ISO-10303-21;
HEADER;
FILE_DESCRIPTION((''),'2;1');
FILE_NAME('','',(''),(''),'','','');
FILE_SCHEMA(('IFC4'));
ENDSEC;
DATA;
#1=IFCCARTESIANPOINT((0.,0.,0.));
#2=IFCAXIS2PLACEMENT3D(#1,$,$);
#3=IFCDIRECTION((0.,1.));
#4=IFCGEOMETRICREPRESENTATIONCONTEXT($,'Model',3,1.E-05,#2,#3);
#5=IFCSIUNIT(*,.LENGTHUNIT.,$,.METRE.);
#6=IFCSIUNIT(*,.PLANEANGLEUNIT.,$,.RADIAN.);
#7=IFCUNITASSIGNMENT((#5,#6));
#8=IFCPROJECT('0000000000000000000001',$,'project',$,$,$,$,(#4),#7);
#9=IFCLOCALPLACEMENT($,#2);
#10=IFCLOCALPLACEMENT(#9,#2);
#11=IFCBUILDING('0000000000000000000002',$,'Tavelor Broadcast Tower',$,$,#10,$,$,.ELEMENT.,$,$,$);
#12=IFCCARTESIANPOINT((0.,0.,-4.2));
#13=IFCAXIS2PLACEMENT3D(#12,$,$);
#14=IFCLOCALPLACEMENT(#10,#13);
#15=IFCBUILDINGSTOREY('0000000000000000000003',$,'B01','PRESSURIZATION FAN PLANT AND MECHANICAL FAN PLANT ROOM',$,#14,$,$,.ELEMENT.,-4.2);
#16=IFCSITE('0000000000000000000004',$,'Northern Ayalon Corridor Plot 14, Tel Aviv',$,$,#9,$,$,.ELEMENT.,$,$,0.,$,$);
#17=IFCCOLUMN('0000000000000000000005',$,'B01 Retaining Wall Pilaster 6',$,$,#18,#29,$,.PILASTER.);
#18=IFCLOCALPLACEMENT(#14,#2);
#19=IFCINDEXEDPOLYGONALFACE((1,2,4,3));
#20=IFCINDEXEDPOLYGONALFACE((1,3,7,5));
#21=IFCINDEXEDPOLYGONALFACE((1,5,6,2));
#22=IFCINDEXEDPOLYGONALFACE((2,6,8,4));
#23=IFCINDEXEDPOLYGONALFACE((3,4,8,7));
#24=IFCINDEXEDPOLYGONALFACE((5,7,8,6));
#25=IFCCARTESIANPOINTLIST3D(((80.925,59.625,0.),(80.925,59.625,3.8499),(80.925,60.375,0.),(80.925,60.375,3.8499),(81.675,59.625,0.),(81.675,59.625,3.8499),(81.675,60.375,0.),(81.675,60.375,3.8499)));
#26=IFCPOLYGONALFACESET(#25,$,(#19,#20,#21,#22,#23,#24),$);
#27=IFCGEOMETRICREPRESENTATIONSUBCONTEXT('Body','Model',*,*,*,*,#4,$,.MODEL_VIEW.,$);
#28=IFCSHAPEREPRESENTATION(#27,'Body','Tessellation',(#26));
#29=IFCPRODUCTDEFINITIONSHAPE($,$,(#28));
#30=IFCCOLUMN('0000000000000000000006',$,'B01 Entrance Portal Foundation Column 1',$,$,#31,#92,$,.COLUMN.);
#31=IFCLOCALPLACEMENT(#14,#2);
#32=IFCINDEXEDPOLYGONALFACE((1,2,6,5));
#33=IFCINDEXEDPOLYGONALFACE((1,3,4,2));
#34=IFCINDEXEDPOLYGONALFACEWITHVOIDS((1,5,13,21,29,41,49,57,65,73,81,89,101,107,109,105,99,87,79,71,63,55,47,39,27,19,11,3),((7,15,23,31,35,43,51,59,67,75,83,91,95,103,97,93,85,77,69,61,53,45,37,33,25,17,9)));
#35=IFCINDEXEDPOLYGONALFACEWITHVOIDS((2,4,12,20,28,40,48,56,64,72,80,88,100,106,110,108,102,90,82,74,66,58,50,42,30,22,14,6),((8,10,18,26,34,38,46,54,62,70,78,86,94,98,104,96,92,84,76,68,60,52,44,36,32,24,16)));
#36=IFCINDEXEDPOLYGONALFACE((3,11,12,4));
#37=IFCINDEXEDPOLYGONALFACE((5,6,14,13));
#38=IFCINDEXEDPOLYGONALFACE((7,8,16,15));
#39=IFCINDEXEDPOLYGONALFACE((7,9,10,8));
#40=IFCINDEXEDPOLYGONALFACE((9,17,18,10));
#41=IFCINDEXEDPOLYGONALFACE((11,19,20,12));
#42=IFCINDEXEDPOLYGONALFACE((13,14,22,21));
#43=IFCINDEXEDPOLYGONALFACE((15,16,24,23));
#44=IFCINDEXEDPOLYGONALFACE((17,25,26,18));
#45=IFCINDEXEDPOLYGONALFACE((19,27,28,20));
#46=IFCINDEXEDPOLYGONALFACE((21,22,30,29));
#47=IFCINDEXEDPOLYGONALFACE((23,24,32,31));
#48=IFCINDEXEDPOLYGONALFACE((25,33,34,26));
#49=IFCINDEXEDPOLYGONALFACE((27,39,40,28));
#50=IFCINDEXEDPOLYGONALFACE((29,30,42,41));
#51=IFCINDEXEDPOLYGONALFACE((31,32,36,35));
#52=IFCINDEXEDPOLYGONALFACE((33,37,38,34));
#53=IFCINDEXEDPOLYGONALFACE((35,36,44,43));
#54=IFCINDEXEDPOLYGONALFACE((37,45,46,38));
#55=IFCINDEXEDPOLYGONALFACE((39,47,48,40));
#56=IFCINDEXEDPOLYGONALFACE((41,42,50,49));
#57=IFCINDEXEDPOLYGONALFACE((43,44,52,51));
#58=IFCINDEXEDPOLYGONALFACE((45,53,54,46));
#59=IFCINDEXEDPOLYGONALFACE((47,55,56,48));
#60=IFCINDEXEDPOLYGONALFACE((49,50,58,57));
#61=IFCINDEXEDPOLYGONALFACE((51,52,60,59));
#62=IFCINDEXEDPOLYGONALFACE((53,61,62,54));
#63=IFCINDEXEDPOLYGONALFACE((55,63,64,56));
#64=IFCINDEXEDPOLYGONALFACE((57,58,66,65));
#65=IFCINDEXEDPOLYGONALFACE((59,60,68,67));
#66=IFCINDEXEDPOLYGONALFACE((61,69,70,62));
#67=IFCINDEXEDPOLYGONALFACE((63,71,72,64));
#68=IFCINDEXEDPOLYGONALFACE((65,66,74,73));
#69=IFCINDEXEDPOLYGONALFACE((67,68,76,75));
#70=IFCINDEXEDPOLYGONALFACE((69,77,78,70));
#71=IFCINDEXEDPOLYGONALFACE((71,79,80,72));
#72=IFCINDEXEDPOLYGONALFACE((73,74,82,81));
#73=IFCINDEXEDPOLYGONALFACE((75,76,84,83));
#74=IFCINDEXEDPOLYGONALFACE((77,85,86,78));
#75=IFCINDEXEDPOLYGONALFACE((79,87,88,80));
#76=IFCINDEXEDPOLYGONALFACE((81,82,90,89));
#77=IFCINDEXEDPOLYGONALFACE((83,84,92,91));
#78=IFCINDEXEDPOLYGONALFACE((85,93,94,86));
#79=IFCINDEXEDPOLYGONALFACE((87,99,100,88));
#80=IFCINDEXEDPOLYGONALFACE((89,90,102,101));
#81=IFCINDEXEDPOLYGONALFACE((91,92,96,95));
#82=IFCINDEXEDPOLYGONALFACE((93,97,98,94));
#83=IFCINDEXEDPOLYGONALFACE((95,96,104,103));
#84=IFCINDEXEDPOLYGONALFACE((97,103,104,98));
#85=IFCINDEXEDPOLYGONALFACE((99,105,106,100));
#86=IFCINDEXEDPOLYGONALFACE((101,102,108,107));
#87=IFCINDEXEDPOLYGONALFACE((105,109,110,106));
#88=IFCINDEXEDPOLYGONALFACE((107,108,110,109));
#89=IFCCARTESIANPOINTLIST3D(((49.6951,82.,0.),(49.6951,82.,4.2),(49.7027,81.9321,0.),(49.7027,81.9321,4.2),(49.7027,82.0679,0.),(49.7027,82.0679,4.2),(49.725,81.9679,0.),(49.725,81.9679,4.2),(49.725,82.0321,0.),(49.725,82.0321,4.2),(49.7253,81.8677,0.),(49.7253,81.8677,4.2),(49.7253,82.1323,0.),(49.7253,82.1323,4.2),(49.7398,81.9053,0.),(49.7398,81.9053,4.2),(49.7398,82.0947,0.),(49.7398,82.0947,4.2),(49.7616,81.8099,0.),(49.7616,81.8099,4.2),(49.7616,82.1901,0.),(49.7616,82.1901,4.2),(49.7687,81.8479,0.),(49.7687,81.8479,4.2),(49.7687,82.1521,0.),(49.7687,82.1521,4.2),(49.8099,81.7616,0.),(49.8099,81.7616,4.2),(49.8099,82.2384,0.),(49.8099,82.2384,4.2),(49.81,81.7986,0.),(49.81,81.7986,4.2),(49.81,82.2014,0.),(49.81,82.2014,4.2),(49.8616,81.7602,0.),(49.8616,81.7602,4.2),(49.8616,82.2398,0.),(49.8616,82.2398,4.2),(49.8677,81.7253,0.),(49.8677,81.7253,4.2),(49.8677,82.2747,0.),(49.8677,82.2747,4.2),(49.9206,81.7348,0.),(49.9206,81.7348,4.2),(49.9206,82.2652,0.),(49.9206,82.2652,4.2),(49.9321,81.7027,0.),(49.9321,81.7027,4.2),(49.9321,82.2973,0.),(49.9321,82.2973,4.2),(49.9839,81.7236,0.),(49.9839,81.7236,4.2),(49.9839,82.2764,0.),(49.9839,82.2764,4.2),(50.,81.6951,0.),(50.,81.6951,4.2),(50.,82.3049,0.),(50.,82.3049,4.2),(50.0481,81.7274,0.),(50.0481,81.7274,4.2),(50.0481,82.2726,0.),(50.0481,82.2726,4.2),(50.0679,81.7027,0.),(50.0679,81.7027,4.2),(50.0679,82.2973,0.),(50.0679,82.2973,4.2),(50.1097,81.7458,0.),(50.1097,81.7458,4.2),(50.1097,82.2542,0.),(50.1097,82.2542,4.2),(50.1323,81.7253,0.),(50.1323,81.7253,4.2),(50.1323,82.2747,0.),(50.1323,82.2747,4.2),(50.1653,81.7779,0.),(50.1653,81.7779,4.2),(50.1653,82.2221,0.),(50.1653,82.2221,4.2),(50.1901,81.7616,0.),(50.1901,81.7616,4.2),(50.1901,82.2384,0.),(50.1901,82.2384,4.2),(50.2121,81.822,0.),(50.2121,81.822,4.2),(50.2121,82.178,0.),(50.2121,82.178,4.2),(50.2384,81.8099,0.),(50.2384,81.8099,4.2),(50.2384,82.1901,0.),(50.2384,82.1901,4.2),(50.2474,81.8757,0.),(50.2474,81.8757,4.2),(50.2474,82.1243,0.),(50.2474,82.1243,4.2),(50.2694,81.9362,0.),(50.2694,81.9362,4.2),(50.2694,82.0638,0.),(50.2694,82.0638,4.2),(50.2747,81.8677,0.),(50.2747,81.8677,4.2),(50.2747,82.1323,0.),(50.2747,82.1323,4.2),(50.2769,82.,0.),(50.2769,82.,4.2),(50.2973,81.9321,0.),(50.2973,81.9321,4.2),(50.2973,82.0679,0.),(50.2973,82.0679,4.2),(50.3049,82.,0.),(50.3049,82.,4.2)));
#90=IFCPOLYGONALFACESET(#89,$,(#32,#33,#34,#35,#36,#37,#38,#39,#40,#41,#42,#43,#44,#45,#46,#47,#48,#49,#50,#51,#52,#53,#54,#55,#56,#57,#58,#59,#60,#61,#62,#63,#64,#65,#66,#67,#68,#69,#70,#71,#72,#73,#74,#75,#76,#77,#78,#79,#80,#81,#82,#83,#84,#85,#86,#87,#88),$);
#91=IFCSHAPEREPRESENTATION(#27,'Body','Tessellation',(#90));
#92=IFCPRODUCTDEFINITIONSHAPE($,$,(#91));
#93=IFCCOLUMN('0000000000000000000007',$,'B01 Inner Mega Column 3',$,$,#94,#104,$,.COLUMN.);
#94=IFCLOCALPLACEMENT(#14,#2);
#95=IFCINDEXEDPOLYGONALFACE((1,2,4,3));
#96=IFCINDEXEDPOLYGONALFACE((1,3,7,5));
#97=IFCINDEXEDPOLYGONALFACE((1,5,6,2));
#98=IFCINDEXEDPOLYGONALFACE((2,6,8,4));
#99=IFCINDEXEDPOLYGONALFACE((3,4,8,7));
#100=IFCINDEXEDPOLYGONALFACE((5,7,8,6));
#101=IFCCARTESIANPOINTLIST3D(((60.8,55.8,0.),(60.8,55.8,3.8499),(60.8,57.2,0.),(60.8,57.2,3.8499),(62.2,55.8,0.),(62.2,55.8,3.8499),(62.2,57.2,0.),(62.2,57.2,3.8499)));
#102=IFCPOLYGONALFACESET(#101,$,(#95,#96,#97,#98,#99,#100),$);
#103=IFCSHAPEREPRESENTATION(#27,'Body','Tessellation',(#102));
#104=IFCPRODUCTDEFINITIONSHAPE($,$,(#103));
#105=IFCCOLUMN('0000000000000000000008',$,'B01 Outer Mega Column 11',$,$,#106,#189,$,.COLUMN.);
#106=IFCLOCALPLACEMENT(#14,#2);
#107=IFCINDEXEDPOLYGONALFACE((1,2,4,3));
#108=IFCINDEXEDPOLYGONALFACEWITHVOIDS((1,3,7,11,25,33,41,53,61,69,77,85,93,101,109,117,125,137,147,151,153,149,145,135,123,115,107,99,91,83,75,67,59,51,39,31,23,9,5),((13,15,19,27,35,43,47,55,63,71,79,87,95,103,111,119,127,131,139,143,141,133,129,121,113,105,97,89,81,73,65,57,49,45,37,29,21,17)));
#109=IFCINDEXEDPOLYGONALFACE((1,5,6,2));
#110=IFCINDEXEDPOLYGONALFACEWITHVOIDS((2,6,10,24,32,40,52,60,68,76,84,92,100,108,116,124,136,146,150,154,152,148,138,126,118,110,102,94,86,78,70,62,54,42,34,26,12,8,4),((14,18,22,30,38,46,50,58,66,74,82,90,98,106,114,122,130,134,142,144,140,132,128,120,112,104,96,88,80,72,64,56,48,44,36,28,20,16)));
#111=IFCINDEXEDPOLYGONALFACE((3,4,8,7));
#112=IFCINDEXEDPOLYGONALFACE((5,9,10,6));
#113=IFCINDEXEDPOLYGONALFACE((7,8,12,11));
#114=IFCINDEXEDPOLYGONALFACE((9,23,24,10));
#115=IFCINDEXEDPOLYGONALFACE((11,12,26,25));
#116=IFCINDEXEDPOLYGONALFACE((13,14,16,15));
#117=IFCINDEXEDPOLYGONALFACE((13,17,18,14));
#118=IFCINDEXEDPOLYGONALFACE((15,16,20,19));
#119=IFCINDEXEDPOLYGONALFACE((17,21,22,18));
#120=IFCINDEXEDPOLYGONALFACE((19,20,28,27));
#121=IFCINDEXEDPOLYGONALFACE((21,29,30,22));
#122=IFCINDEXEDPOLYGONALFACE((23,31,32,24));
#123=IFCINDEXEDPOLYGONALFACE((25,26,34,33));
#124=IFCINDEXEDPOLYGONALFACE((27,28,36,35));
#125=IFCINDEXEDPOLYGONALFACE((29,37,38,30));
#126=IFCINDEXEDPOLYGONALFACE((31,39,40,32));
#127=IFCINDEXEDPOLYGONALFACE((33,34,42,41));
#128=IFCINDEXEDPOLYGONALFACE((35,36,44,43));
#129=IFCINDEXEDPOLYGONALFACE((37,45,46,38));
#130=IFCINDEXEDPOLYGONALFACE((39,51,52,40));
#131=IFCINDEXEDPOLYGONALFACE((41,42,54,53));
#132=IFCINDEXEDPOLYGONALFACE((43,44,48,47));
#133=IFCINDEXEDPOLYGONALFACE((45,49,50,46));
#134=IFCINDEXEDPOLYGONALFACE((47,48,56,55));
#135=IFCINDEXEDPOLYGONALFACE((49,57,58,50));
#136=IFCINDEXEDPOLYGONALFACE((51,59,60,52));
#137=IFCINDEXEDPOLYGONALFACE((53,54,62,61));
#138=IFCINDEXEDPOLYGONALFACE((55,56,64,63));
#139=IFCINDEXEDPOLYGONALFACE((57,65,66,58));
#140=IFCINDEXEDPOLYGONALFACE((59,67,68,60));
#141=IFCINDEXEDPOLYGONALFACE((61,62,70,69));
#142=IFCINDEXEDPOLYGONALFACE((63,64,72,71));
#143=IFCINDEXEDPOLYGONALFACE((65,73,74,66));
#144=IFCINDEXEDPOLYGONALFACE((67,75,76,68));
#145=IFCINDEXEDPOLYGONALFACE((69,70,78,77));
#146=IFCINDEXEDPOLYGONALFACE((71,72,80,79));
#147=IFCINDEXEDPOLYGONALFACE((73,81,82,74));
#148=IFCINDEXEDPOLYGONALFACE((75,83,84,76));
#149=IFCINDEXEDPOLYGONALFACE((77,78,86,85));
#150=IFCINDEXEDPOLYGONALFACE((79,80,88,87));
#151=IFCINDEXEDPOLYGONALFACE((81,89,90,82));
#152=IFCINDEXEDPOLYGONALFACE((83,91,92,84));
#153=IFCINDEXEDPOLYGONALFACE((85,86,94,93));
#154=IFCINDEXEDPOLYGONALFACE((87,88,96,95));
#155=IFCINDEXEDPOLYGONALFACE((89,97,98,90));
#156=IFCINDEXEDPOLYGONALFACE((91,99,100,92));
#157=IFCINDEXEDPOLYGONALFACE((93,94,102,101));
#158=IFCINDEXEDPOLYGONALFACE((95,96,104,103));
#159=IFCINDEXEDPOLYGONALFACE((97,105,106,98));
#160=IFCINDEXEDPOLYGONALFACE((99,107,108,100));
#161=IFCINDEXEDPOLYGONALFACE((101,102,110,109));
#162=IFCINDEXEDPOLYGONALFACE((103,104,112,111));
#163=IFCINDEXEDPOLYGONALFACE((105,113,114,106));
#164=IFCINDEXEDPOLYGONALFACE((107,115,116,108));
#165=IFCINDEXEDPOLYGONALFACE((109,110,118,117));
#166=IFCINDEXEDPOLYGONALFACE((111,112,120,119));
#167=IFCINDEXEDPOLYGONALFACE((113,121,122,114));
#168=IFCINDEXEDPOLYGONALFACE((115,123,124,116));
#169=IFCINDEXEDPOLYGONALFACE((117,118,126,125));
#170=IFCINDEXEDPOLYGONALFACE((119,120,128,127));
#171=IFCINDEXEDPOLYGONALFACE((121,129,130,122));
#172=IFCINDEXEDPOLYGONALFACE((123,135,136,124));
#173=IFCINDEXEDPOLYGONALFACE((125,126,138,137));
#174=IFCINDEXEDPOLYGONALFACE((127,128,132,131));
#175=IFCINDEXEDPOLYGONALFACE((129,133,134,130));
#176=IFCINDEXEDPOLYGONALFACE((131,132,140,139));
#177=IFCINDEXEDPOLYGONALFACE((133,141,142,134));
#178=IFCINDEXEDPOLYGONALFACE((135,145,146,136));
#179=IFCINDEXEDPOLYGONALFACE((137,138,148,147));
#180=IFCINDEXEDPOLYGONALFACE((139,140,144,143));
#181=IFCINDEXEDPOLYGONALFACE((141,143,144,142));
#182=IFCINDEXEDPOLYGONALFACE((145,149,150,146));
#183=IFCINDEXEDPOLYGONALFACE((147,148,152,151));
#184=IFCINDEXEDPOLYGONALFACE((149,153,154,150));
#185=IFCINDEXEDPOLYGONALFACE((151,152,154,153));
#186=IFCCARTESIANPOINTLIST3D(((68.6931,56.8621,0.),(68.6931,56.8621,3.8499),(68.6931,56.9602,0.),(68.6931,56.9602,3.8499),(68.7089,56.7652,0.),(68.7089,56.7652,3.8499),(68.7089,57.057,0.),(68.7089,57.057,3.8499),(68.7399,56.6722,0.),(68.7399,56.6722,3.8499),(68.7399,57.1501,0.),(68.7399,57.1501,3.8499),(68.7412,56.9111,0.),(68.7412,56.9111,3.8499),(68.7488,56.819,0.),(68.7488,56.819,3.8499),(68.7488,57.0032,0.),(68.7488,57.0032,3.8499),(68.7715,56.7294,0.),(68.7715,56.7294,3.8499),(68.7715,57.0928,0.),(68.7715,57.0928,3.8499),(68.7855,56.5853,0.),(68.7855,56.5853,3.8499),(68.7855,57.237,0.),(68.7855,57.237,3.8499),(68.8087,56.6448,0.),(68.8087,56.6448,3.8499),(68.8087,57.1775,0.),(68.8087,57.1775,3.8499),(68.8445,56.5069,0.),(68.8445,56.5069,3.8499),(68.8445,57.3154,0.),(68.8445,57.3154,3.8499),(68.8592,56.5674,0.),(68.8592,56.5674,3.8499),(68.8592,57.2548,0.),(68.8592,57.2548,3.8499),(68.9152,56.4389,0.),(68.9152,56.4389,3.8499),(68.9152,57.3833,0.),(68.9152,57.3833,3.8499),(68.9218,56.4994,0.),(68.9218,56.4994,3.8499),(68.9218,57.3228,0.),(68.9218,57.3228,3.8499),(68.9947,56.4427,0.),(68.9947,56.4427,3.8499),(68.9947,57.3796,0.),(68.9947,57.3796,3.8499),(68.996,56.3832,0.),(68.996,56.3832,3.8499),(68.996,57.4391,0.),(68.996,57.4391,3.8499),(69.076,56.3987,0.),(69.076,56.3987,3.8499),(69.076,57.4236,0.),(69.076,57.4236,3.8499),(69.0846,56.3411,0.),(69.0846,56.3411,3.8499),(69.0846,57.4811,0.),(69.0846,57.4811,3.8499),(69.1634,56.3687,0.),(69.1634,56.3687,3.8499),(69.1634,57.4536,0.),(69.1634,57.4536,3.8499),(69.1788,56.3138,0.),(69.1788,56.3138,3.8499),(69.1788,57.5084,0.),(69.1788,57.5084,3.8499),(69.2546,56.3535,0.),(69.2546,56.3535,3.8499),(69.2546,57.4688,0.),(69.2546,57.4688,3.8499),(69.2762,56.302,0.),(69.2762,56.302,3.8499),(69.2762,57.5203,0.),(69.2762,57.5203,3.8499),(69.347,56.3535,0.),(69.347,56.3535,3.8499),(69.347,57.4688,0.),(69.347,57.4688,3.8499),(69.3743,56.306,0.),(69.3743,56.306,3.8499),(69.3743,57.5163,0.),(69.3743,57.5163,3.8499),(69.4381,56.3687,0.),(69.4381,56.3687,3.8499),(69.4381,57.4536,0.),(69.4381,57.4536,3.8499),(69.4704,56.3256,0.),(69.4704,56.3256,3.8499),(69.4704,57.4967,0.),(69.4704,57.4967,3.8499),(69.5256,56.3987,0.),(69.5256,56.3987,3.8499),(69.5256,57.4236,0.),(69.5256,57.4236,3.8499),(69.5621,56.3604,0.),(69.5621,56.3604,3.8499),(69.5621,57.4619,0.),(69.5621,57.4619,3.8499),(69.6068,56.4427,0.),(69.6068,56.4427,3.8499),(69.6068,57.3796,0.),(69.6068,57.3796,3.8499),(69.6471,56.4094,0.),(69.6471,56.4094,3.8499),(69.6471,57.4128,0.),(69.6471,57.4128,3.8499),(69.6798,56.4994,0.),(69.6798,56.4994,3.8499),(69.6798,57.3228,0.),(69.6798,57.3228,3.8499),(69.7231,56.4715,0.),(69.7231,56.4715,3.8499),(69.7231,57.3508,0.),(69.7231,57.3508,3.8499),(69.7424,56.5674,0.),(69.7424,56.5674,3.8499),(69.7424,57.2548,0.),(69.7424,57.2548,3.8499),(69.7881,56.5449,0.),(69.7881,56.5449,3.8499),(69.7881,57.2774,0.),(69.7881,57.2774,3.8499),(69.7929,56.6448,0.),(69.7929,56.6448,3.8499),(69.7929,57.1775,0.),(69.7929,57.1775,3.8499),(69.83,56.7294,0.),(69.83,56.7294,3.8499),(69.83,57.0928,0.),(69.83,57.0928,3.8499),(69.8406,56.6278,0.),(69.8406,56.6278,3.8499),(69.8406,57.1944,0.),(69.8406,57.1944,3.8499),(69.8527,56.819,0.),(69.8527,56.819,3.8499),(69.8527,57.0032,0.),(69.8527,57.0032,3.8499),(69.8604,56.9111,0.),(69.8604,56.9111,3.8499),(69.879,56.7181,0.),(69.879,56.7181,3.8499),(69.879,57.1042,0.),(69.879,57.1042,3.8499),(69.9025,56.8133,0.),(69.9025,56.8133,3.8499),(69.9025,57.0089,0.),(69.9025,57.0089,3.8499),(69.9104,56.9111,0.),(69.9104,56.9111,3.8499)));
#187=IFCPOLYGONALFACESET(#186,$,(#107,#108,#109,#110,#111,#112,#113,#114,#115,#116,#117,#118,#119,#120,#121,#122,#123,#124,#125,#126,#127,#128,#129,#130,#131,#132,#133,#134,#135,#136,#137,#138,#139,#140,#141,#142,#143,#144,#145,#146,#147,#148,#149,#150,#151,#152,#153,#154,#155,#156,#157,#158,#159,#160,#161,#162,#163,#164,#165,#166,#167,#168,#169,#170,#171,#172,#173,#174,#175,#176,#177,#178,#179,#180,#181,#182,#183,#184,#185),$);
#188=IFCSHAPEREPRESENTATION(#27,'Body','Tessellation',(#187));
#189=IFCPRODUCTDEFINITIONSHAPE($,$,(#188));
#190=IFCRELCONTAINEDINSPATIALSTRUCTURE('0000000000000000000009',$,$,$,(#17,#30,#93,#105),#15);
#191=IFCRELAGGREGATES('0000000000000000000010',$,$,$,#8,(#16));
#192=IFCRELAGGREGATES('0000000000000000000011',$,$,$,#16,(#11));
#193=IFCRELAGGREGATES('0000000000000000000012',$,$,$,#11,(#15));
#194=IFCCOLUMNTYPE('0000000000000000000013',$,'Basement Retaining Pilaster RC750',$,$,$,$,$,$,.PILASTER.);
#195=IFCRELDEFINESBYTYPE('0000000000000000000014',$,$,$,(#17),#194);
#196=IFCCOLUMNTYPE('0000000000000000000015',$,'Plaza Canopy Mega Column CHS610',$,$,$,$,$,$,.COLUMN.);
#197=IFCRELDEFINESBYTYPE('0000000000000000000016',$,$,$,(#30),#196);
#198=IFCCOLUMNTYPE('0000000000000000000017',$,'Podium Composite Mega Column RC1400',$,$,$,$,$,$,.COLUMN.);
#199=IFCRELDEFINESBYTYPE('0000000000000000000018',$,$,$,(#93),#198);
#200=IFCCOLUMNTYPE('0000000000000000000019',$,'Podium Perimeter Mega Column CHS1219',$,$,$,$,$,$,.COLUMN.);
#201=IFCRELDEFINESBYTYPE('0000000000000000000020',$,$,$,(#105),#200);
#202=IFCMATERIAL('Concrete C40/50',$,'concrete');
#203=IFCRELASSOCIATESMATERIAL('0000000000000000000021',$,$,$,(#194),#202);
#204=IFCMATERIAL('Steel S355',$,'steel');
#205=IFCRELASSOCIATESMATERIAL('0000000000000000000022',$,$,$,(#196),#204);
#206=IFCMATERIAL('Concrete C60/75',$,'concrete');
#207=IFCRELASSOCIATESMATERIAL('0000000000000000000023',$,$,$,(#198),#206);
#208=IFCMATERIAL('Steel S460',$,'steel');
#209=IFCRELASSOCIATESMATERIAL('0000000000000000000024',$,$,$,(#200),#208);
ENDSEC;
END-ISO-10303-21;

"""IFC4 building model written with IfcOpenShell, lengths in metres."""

from ifc_helpers import new_model, si_unit, direction, frame, origin, origin_2d, place, context, subcontext, project, spatial, rectangle, hollow_circle, extrude, material, material_profile, profile_set, type_object, element, save


model = new_model("IFC4")

# Units and contexts
model_context = context("Model", 3, precision=1e-05, world=origin(), true_north=direction((0.0, 1.0)))
body_context = subcontext(model_context, "Body", "Model", "MODEL_VIEW")
ifc_project = project(units=[si_unit("LENGTHUNIT", "METRE"), si_unit("PLANEANGLEUNIT", "RADIAN")], contexts=[model_context])

# Site, building, storey
site_placement = place(None, origin())
site = spatial("IfcSite", under=ifc_project, at=site_placement, Name="Northern Ayalon Corridor Plot 14, Tel Aviv", CompositionType="ELEMENT", RefElevation=0.0)
building_placement = place(site_placement, origin())
building = spatial("IfcBuilding", under=site, at=building_placement, Name="Tavelor Broadcast Tower", CompositionType="ELEMENT")
storey_placement = place(building_placement, frame((0.0, 0.0, -4.2)))
storey = spatial("IfcBuildingStorey", under=building, at=storey_placement, Name="B01", Description="PRESSURIZATION FAN PLANT AND MECHANICAL FAN PLANT ROOM", CompositionType="ELEMENT", Elevation=-4.2)

# Columns
ifc_material_1 = material(Name="Concrete C40/50", Category="concrete")
ifc_material_profile_1 = material_profile(ifc_material_1, rectangle(XDim=0.75, YDim=0.75, at=origin_2d()), Name="RC 750x750")
ifc_profile_set_1 = profile_set([ifc_material_profile_1], Name="Concrete C40/50")
column_type_1 = type_object("IfcColumnType", Name="Basement Retaining Pilaster RC750", PredefinedType="PILASTER", material=ifc_profile_set_1)
column_1_placement = place(storey_placement, frame((81.3, 60.0, 0.0), z_axis=(0.0, 0.0, 1.0), x_axis=(1.0, 0.0, 0.0)))
element("IfcColumn", 1, at=column_1_placement, inside=storey, type_object=column_type_1, Name="B01 Retaining Wall Pilaster 6", PredefinedType="PILASTER", context=body_context, shape_type="SweptSolid", body=[
    extrude(rectangle(XDim=0.75, YDim=0.75, at=origin_2d()), origin(), (0.0, 0.0, 1.0), 3.8499),
])
ifc_material_2 = material(Name="Steel S355", Category="steel")
ifc_material_profile_2 = material_profile(ifc_material_2, hollow_circle(Radius=0.3049, WallThickness=0.0281, at=origin_2d()), Name="CHS 610x28")
ifc_profile_set_2 = profile_set([ifc_material_profile_2], Name="Steel S355")
column_type_2 = type_object("IfcColumnType", Name="Plaza Canopy Mega Column CHS610", PredefinedType="COLUMN", material=ifc_profile_set_2)
column_2_placement = place(storey_placement, frame((50.0, 82.0, 0.0), z_axis=(0.0, 0.0, 1.0), x_axis=(1.0, 0.0, 0.0)))
element("IfcColumn", 2, at=column_2_placement, inside=storey, type_object=column_type_2, Name="B01 Entrance Portal Foundation Column 1", PredefinedType="COLUMN", context=body_context, shape_type="SweptSolid", body=[
    extrude(hollow_circle(Radius=0.3049, WallThickness=0.0281, at=origin_2d()), origin(), (0.0, 0.0, 1.0), 4.2),
])
ifc_material_3 = material(Name="Concrete C60/75", Category="concrete")
ifc_material_profile_3 = material_profile(ifc_material_3, rectangle(XDim=1.3999, YDim=1.3999, at=origin_2d()), Name="RC 1400x1400")
ifc_profile_set_3 = profile_set([ifc_material_profile_3], Name="Concrete C60/75")
column_type_3 = type_object("IfcColumnType", Name="Podium Composite Mega Column RC1400", PredefinedType="COLUMN", material=ifc_profile_set_3)
column_3_placement = place(storey_placement, frame((61.5, 56.5, 0.0), z_axis=(0.0, 0.0, 1.0), x_axis=(1.0, 0.0, 0.0)))
element("IfcColumn", 3, at=column_3_placement, inside=storey, type_object=column_type_3, Name="B01 Inner Mega Column 3", PredefinedType="COLUMN", context=body_context, shape_type="SweptSolid", body=[
    extrude(rectangle(XDim=1.3999, YDim=1.3999, at=origin_2d()), origin(), (0.0, 0.0, 1.0), 3.8499),
])
ifc_material_4 = material(Name="Steel S460", Category="steel")
ifc_material_profile_4 = material_profile(ifc_material_4, hollow_circle(Radius=0.6096, WallThickness=0.05, at=origin_2d()), Name="CHS 1219x50")
ifc_profile_set_4 = profile_set([ifc_material_profile_4], Name="Steel S460")
column_type_4 = type_object("IfcColumnType", Name="Podium Perimeter Mega Column CHS1219", PredefinedType="COLUMN", material=ifc_profile_set_4)
for number, where, z_axis, x_axis, name in (
    (4, (69.3008, 56.9111, 0.0), (0.0, 0.0, 1.0), (1.0, 0.0, 0.0), "B01 Outer Mega Column 11"),
):
    element("IfcColumn", number, at=place(storey_placement, frame(where, z_axis=z_axis, x_axis=x_axis)), inside=storey, type_object=column_type_4, Name=name, PredefinedType="COLUMN", context=body_context, shape_type="SweptSolid", body=[
        extrude(hollow_circle(Radius=0.6096, WallThickness=0.05, at=origin_2d()), origin(), (0.0, 0.0, 1.0), 3.8499),
    ])

save(model, "model.ifc")
